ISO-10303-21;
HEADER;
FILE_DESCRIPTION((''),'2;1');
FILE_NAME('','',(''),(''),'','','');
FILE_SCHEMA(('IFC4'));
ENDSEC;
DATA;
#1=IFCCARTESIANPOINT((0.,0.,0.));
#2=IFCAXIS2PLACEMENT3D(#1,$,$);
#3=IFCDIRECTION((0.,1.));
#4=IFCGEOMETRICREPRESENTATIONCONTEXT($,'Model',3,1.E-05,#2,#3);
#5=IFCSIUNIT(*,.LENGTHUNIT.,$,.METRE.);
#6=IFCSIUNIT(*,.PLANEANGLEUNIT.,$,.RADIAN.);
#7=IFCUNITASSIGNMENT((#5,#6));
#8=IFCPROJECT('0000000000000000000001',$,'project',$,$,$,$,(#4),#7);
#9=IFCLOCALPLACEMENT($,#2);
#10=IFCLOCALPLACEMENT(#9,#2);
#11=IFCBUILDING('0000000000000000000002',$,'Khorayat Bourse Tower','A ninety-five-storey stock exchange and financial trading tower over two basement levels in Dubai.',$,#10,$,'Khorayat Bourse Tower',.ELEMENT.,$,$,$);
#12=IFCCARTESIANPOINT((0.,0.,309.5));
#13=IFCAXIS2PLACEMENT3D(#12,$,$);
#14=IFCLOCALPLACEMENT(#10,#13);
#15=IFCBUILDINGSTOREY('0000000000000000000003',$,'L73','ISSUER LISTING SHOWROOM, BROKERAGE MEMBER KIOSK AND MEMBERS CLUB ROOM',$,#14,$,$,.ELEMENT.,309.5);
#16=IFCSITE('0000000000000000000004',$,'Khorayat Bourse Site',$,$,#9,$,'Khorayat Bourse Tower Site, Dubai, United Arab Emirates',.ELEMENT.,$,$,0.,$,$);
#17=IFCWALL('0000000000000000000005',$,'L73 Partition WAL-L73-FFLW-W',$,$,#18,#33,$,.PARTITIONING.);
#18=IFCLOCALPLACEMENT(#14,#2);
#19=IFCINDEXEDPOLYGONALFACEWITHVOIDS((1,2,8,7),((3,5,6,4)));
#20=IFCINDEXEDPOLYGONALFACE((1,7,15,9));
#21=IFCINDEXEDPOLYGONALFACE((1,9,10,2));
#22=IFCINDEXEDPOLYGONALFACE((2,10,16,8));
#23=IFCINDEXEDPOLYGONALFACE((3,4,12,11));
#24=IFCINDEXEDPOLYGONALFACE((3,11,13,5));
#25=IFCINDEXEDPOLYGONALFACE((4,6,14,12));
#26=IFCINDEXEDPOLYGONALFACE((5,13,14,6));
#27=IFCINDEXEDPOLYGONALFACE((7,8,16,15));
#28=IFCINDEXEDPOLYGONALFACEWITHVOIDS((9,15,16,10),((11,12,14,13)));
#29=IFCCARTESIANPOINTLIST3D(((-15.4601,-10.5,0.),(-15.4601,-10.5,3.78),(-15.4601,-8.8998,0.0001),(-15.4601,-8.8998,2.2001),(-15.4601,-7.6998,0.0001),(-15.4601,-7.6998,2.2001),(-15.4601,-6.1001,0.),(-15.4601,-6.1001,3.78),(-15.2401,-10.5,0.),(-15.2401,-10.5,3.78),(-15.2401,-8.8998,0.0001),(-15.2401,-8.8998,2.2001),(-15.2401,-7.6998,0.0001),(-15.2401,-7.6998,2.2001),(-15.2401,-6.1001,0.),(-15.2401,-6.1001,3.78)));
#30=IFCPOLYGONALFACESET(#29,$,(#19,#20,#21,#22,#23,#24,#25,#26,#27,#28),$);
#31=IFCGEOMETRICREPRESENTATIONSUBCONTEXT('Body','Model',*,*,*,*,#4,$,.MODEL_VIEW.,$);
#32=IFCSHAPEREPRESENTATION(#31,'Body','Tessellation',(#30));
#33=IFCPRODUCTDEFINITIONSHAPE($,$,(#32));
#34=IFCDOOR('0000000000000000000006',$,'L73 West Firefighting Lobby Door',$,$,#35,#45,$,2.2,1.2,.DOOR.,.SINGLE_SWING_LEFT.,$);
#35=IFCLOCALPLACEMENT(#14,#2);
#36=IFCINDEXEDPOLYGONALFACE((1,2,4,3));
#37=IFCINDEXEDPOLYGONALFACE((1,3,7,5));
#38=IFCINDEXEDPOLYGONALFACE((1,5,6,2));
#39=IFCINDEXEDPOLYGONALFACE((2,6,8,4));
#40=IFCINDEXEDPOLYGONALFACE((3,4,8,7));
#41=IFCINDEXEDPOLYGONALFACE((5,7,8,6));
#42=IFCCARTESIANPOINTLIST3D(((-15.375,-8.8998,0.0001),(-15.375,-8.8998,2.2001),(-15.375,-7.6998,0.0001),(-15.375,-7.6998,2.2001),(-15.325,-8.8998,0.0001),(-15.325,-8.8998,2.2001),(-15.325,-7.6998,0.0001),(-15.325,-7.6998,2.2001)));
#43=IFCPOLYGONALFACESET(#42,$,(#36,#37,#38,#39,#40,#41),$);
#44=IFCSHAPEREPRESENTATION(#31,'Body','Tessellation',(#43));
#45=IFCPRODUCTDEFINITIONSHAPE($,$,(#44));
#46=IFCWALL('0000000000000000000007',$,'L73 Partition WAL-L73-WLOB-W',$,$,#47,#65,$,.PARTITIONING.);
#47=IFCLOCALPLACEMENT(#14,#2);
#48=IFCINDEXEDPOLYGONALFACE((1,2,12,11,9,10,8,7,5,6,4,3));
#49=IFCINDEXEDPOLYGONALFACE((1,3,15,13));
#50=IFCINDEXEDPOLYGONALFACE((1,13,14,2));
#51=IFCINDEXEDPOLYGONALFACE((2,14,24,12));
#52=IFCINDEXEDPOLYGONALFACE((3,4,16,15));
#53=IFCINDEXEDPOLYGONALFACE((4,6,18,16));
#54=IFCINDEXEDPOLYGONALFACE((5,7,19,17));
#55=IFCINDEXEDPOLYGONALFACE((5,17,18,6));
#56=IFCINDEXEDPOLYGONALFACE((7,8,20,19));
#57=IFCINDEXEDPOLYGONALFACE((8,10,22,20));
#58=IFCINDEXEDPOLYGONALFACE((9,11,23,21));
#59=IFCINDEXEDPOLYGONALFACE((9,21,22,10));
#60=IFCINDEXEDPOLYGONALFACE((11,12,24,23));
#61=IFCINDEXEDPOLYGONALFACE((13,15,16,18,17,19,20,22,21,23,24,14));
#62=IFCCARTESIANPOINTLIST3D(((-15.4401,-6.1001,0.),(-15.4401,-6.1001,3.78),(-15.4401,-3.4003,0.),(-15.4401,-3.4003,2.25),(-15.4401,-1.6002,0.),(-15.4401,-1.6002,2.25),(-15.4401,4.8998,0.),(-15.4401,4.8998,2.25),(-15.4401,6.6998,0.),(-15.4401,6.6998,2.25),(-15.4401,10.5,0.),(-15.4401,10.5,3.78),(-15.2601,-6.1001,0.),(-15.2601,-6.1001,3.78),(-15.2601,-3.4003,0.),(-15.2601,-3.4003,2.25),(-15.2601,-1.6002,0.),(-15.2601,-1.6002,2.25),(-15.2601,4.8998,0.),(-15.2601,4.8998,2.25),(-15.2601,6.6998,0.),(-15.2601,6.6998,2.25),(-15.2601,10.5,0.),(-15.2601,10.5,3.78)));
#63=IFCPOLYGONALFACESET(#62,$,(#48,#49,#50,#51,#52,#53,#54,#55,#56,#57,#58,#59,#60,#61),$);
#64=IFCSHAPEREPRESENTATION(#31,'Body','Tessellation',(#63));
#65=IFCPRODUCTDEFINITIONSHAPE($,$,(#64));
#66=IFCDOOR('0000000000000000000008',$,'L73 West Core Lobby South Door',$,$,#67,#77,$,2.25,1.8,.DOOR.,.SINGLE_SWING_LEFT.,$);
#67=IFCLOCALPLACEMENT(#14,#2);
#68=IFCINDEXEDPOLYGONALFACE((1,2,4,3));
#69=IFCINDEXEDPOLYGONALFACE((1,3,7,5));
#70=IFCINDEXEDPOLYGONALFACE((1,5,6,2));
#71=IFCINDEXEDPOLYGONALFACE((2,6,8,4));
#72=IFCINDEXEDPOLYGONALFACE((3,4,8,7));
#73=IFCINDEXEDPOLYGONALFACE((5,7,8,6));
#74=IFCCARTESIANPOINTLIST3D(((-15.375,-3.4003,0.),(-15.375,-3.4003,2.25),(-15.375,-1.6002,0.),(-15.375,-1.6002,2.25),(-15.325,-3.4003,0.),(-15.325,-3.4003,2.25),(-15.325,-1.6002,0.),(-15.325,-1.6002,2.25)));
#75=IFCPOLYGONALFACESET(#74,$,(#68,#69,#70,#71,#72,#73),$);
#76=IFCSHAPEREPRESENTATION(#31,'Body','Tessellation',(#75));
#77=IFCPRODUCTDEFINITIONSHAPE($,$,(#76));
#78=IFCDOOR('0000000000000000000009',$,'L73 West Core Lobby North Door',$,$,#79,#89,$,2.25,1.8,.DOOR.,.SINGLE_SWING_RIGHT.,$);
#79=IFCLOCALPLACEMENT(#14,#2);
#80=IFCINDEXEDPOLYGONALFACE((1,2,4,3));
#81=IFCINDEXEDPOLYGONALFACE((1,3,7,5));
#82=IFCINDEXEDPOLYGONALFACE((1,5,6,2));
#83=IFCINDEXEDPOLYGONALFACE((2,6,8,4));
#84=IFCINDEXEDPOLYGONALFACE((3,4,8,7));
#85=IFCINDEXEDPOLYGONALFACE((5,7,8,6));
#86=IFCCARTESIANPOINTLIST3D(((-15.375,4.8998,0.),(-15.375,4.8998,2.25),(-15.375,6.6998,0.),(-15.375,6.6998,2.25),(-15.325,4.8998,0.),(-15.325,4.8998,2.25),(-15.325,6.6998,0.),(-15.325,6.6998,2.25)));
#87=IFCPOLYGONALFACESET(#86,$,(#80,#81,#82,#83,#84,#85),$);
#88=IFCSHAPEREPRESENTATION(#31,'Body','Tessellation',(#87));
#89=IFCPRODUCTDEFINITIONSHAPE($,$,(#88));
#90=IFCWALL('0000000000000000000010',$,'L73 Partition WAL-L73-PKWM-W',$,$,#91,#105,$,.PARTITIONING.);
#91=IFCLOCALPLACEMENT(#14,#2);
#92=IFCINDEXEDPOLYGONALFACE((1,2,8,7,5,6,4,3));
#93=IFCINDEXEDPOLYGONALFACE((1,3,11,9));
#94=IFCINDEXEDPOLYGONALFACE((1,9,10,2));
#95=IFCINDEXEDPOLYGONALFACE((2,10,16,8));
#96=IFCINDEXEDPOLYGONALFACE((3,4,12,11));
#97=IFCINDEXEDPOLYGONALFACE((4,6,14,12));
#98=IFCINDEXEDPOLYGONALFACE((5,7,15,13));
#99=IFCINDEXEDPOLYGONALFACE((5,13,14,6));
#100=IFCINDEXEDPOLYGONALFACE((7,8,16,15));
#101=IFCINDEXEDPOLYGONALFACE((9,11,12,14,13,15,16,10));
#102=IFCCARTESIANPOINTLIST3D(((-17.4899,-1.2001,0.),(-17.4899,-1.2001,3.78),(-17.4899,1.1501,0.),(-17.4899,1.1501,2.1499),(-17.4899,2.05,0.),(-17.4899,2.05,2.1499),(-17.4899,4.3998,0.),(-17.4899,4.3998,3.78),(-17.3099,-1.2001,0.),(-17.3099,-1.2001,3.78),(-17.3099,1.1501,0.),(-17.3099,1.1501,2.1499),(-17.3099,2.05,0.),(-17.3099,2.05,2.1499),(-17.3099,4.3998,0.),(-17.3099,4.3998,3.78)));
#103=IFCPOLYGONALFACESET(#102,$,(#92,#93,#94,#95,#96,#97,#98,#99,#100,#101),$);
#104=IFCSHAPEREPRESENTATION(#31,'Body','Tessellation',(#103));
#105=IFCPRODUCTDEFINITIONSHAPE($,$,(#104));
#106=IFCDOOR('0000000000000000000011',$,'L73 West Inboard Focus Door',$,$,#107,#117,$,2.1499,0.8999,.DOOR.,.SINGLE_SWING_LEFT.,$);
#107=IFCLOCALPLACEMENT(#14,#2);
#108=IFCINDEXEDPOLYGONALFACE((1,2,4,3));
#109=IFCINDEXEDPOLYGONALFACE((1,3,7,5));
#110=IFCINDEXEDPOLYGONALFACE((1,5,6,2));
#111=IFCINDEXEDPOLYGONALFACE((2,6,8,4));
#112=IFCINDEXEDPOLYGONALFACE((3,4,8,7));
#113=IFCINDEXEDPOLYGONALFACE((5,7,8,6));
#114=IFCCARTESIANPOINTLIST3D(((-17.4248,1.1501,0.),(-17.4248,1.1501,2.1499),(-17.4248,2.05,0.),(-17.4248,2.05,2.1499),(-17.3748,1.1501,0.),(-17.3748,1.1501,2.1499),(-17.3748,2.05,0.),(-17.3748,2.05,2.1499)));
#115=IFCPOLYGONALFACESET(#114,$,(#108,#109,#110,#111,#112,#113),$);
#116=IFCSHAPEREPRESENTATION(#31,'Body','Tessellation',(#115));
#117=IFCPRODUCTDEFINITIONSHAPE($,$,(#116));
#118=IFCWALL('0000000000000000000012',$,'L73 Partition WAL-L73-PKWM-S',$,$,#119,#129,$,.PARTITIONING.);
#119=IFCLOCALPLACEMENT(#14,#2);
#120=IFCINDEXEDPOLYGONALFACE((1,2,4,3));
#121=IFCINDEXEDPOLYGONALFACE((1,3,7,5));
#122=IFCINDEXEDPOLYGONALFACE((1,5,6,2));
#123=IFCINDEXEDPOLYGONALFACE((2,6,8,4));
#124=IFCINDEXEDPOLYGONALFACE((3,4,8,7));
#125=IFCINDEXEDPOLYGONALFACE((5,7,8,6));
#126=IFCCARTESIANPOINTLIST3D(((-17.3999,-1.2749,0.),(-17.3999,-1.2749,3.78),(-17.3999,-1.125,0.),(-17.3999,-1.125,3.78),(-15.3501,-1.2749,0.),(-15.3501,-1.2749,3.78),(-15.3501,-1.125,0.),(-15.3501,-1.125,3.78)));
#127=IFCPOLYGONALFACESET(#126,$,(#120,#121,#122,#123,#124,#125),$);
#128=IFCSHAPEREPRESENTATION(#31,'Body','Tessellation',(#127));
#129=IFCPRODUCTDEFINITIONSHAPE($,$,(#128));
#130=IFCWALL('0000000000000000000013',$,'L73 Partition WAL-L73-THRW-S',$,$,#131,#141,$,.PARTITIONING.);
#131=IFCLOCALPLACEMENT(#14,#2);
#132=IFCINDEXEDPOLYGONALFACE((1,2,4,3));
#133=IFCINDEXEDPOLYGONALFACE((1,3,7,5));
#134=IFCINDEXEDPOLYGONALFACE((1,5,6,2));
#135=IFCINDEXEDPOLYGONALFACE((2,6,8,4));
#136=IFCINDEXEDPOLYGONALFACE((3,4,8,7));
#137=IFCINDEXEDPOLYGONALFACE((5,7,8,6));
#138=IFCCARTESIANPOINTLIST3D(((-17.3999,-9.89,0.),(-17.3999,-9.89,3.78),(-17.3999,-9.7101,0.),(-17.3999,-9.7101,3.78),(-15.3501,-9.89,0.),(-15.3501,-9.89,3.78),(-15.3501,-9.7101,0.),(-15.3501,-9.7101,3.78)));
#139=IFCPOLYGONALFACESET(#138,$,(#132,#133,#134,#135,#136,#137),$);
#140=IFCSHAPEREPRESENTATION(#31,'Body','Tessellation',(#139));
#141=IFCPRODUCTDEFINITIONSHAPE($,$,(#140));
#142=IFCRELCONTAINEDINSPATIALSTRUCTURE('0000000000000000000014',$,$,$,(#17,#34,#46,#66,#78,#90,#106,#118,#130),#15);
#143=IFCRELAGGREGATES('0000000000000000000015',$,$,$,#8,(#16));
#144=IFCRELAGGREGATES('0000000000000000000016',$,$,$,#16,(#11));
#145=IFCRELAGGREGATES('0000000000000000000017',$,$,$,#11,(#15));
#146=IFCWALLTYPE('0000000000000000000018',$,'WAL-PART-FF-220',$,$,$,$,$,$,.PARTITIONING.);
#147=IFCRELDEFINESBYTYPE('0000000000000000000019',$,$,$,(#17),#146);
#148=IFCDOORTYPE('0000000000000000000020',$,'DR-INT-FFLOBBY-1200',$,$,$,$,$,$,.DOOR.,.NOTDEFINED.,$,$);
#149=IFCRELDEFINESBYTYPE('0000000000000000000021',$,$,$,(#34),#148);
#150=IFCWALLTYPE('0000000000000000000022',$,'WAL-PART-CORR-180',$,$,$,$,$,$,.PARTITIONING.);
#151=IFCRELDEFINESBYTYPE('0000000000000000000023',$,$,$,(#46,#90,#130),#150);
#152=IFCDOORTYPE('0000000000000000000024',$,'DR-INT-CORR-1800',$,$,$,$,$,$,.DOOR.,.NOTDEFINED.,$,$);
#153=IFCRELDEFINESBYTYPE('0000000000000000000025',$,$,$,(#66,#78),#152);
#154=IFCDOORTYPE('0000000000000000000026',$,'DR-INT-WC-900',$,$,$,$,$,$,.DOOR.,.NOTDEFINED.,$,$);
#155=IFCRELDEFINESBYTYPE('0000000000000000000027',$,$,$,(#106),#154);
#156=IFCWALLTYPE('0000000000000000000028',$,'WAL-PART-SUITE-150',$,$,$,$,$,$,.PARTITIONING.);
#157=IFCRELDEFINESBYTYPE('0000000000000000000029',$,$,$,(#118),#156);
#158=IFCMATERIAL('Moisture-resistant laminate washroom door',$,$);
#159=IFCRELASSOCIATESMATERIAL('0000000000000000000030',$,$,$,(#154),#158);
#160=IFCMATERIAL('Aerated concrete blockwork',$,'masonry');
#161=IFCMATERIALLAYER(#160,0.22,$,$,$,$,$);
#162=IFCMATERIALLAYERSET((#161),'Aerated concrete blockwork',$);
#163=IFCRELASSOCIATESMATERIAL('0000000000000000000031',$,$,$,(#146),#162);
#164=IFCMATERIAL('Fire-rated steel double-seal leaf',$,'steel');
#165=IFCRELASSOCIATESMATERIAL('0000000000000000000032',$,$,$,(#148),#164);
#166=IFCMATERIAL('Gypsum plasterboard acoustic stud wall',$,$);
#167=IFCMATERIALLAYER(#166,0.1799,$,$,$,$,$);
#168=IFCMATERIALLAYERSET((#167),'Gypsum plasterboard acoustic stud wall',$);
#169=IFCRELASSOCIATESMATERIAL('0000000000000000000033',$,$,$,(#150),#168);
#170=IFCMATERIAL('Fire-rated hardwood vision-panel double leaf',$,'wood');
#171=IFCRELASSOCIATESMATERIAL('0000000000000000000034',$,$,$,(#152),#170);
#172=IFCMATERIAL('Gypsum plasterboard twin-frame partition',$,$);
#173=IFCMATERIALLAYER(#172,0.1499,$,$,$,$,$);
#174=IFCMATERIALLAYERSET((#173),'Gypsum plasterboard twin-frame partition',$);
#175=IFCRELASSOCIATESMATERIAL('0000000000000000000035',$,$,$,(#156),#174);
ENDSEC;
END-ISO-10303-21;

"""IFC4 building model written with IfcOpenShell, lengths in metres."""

from ifc_helpers import new_model, si_unit, direction, frame, frame_2d, origin, place, context, subcontext, project, spatial, rectangle, extrude, source, transform, mapped, material, layer, layer_set, type_object, element, fill, save


model = new_model("IFC4")

# Units and contexts
model_context = context("Model", 3, precision=1e-05, world=origin(), true_north=direction((0.0, 1.0)))
body_context = subcontext(model_context, "Body", "Model", "MODEL_VIEW")
ifc_project = project(units=[si_unit("LENGTHUNIT", "METRE"), si_unit("PLANEANGLEUNIT", "RADIAN")], contexts=[model_context])

# Site, building, storey
site_placement = place(None, origin())
site = spatial("IfcSite", under=ifc_project, at=site_placement, Name="Khorayat Bourse Site", LongName="Khorayat Bourse Tower Site, Dubai, United Arab Emirates", CompositionType="ELEMENT", RefElevation=0.0)
building_placement = place(site_placement, origin())
building = spatial("IfcBuilding", under=site, at=building_placement, Name="Khorayat Bourse Tower", Description="A ninety-five-storey stock exchange and financial trading tower over two basement levels in Dubai.", LongName="Khorayat Bourse Tower", CompositionType="ELEMENT")
storey_placement = place(building_placement, frame((0.0, 0.0, 309.5)))
storey = spatial("IfcBuildingStorey", under=building, at=storey_placement, Name="L73", Description="ISSUER LISTING SHOWROOM, BROKERAGE MEMBER KIOSK AND MEMBERS CLUB ROOM", CompositionType="ELEMENT", Elevation=309.5)

# Shared definitions
ifc_material_1 = material(Name="Moisture-resistant laminate washroom door")
door_type_1 = type_object("IfcDoorType", Name="DR-INT-WC-900", OperationType="NOTDEFINED", PredefinedType="DOOR", material=ifc_material_1)
shared_shape_1 = source(origin(), body_context, "Body", "SweptSolid", [
    extrude(rectangle(XDim=0.8999, YDim=2.1499, at=frame_2d((0.45, 1.075))), frame((0.0, 0.0249, 0.0), z_axis=(0.0, -1.0, 0.0), x_axis=(1.0, 0.0, 0.0)), (0.0, 0.0, 1.0), 0.05),
])

# Shared definitions
ifc_material_2 = material(Name="Aerated concrete blockwork", Category="masonry")
ifc_layer_1 = layer(ifc_material_2, 0.22)
ifc_layer_set_1 = layer_set([ifc_layer_1], Name="Aerated concrete blockwork")
wall_type_1 = type_object("IfcWallType", Name="WAL-PART-FF-220", PredefinedType="PARTITIONING", material=ifc_layer_set_1)

# Wall, opening, door
shared_shape_2 = source(origin(), body_context, "Body", "SweptSolid", [
    extrude(rectangle(XDim=4.3999, YDim=0.22, at=frame_2d((2.2, 0.0))), origin(), (0.0, 0.0, 1.0), 3.78),
])
wall_1_placement = place(storey_placement, frame((-15.3501, -10.5, 0.0), z_axis=(0.0, 0.0, 1.0), x_axis=(0.0, 1.0, 0.0)))
wall_1 = element("IfcWall", 1, at=wall_1_placement, inside=storey, type_object=wall_type_1, Name="L73 Partition WAL-L73-FFLW-W", PredefinedType="PARTITIONING", context=body_context, shape_type="MappedRepresentation", body=[
    mapped(shared_shape_2, transform((0.0, 0.0, 0.0), scale=1.0)),
])
shared_shape_3 = source(origin(), body_context, "Body", "SweptSolid", [
    extrude(rectangle(XDim=1.2, YDim=2.2, at=frame_2d((0.6001, 1.1001))), frame((0.0, 0.1199, 0.0), z_axis=(0.0, -1.0, 0.0), x_axis=(1.0, 0.0, 0.0)), (0.0, 0.0, 1.0), 0.24),
])
opening_1_placement = place(wall_1_placement, frame((1.6001, 0.0, 0.0)))
opening_1 = element("IfcOpeningElement", 2, at=opening_1_placement, cuts=wall_1, PredefinedType="OPENING", context=body_context, shape_type="MappedRepresentation", body=[
    mapped(shared_shape_3, transform((0.0, 0.0, 0.0), scale=1.0)),
])
ifc_material_3 = material(Name="Fire-rated steel double-seal leaf", Category="steel")
door_type_2 = type_object("IfcDoorType", Name="DR-INT-FFLOBBY-1200", OperationType="NOTDEFINED", PredefinedType="DOOR", material=ifc_material_3)
shared_shape_4 = source(origin(), body_context, "Body", "SweptSolid", [
    extrude(rectangle(XDim=1.2, YDim=2.2, at=frame_2d((0.6001, 1.1001))), frame((0.0, 0.0249, 0.0), z_axis=(0.0, -1.0, 0.0), x_axis=(1.0, 0.0, 0.0)), (0.0, 0.0, 1.0), 0.05),
])
door_1_placement = place(opening_1_placement, origin())
door_1 = element("IfcDoor", 3, at=door_1_placement, inside=storey, type_object=door_type_2, Name="L73 West Firefighting Lobby Door", OperationType="SINGLE_SWING_LEFT", OverallHeight=2.2, OverallWidth=1.2, PredefinedType="DOOR", context=body_context, shape_type="MappedRepresentation", body=[
    mapped(shared_shape_4, transform((0.0, 0.0, 0.0), scale=1.0)),
])
fill(opening_1, door_1)

# Wall, openings, doors
ifc_material_4 = material(Name="Gypsum plasterboard acoustic stud wall")
ifc_layer_2 = layer(ifc_material_4, 0.1799)
ifc_layer_set_2 = layer_set([ifc_layer_2], Name="Gypsum plasterboard acoustic stud wall")
wall_type_2 = type_object("IfcWallType", Name="WAL-PART-CORR-180", PredefinedType="PARTITIONING", material=ifc_layer_set_2)
shared_shape_5 = source(origin(), body_context, "Body", "SweptSolid", [
    extrude(rectangle(XDim=16.6001, YDim=0.1799, at=frame_2d((8.3, 0.0))), origin(), (0.0, 0.0, 1.0), 3.78),
])
wall_2_placement = place(storey_placement, frame((-15.3501, -6.1001, 0.0), z_axis=(0.0, 0.0, 1.0), x_axis=(0.0, 1.0, 0.0)))
wall_2 = element("IfcWall", 4, at=wall_2_placement, inside=storey, type_object=wall_type_2, Name="L73 Partition WAL-L73-WLOB-W", PredefinedType="PARTITIONING", context=body_context, shape_type="MappedRepresentation", body=[
    mapped(shared_shape_5, transform((0.0, 0.0, 0.0), scale=1.0)),
])
shared_shape_6 = source(origin(), body_context, "Body", "SweptSolid", [
    extrude(rectangle(XDim=1.8, YDim=2.25, at=frame_2d((0.8999, 1.125))), frame((0.0, 0.0999, 0.0), z_axis=(0.0, -1.0, 0.0), x_axis=(1.0, 0.0, 0.0)), (0.0, 0.0, 1.0), 0.2),
])
opening_2_placement = place(wall_2_placement, frame((2.7, 0.0, 0.0)))
opening_2 = element("IfcOpeningElement", 5, at=opening_2_placement, cuts=wall_2, PredefinedType="OPENING", context=body_context, shape_type="MappedRepresentation", body=[
    mapped(shared_shape_6, transform((0.0, 0.0, 0.0), scale=1.0)),
])
opening_3_placement = place(wall_2_placement, frame((11.0, 0.0, 0.0)))
opening_3 = element("IfcOpeningElement", 6, at=opening_3_placement, cuts=wall_2, PredefinedType="OPENING", context=body_context, shape_type="MappedRepresentation", body=[
    mapped(shared_shape_6, transform((0.0, 0.0, 0.0), scale=1.0)),
])
ifc_material_5 = material(Name="Fire-rated hardwood vision-panel double leaf", Category="wood")
door_type_3 = type_object("IfcDoorType", Name="DR-INT-CORR-1800", OperationType="NOTDEFINED", PredefinedType="DOOR", material=ifc_material_5)
shared_shape_7 = source(origin(), body_context, "Body", "SweptSolid", [
    extrude(rectangle(XDim=1.8, YDim=2.25, at=frame_2d((0.8999, 1.125))), frame((0.0, 0.0249, 0.0), z_axis=(0.0, -1.0, 0.0), x_axis=(1.0, 0.0, 0.0)), (0.0, 0.0, 1.0), 0.05),
])
door_2_placement = place(opening_2_placement, origin())
door_2 = element("IfcDoor", 7, at=door_2_placement, inside=storey, type_object=door_type_3, Name="L73 West Core Lobby South Door", OperationType="SINGLE_SWING_LEFT", OverallHeight=2.25, OverallWidth=1.8, PredefinedType="DOOR", context=body_context, shape_type="MappedRepresentation", body=[
    mapped(shared_shape_7, transform((0.0, 0.0, 0.0), scale=1.0)),
])
fill(opening_2, door_2)
door_3_placement = place(opening_3_placement, origin())
door_3 = element("IfcDoor", 8, at=door_3_placement, inside=storey, type_object=door_type_3, Name="L73 West Core Lobby North Door", OperationType="SINGLE_SWING_RIGHT", OverallHeight=2.25, OverallWidth=1.8, PredefinedType="DOOR", context=body_context, shape_type="MappedRepresentation", body=[
    mapped(shared_shape_7, transform((0.0, 0.0, 0.0), scale=1.0)),
])
fill(opening_3, door_3)

# Wall, opening, door
shared_shape_8 = source(origin(), body_context, "Body", "SweptSolid", [
    extrude(rectangle(XDim=5.5999, YDim=0.1799, at=frame_2d((2.7998, 0.0))), origin(), (0.0, 0.0, 1.0), 3.78),
])
wall_3_placement = place(storey_placement, frame((-17.3999, -1.2, 0.0), z_axis=(0.0, 0.0, 1.0), x_axis=(0.0, 1.0, 0.0)))
wall_3 = element("IfcWall", 9, at=wall_3_placement, inside=storey, type_object=wall_type_2, Name="L73 Partition WAL-L73-PKWM-W", PredefinedType="PARTITIONING", context=body_context, shape_type="MappedRepresentation", body=[
    mapped(shared_shape_8, transform((0.0, 0.0, 0.0), scale=1.0)),
])
shared_shape_9 = source(origin(), body_context, "Body", "SweptSolid", [
    extrude(rectangle(XDim=0.8999, YDim=2.1499, at=frame_2d((0.45, 1.075))), frame((0.0, 0.0999, 0.0), z_axis=(0.0, -1.0, 0.0), x_axis=(1.0, 0.0, 0.0)), (0.0, 0.0, 1.0), 0.2),
])
opening_4_placement = place(wall_3_placement, frame((2.3501, 0.0, 0.0)))
opening_4 = element("IfcOpeningElement", 10, at=opening_4_placement, cuts=wall_3, PredefinedType="OPENING", context=body_context, shape_type="MappedRepresentation", body=[
    mapped(shared_shape_9, transform((0.0, 0.0, 0.0), scale=1.0)),
])
door_4_placement = place(opening_4_placement, origin())
door_4 = element("IfcDoor", 11, at=door_4_placement, inside=storey, type_object=door_type_1, Name="L73 West Inboard Focus Door", OperationType="SINGLE_SWING_LEFT", OverallHeight=2.1499, OverallWidth=0.8999, PredefinedType="DOOR", context=body_context, shape_type="MappedRepresentation", body=[
    mapped(shared_shape_1, transform((0.0, 0.0, 0.0), scale=1.0)),
])
fill(opening_4, door_4)

# Walls
ifc_material_6 = material(Name="Gypsum plasterboard twin-frame partition")
ifc_layer_3 = layer(ifc_material_6, 0.1499)
ifc_layer_set_3 = layer_set([ifc_layer_3], Name="Gypsum plasterboard twin-frame partition")
wall_type_3 = type_object("IfcWallType", Name="WAL-PART-SUITE-150", PredefinedType="PARTITIONING", material=ifc_layer_set_3)
shared_shape_10 = source(origin(), body_context, "Body", "SweptSolid", [
    extrude(rectangle(XDim=2.0498, YDim=0.1499, at=frame_2d((1.0249, 0.0))), origin(), (0.0, 0.0, 1.0), 3.78),
])
wall_4_placement = place(storey_placement, frame((-17.3999, -1.2, 0.0), z_axis=(0.0, 0.0, 1.0), x_axis=(1.0, 0.0, 0.0)))
element("IfcWall", 12, at=wall_4_placement, inside=storey, type_object=wall_type_3, Name="L73 Partition WAL-L73-PKWM-S", PredefinedType="PARTITIONING", context=body_context, shape_type="MappedRepresentation", body=[
    mapped(shared_shape_10, transform((0.0, 0.0, 0.0), scale=1.0)),
])
shared_shape_11 = source(origin(), body_context, "Body", "SweptSolid", [
    extrude(rectangle(XDim=2.0498, YDim=0.1799, at=frame_2d((1.0249, 0.0))), origin(), (0.0, 0.0, 1.0), 3.78),
])
wall_5_placement = place(storey_placement, frame((-17.3999, -9.8, 0.0), z_axis=(0.0, 0.0, 1.0), x_axis=(1.0, 0.0, 0.0)))
element("IfcWall", 13, at=wall_5_placement, inside=storey, type_object=wall_type_2, Name="L73 Partition WAL-L73-THRW-S", PredefinedType="PARTITIONING", context=body_context, shape_type="MappedRepresentation", body=[
    mapped(shared_shape_11, transform((0.0, 0.0, 0.0), scale=1.0)),
])

save(model, "model.ifc")
